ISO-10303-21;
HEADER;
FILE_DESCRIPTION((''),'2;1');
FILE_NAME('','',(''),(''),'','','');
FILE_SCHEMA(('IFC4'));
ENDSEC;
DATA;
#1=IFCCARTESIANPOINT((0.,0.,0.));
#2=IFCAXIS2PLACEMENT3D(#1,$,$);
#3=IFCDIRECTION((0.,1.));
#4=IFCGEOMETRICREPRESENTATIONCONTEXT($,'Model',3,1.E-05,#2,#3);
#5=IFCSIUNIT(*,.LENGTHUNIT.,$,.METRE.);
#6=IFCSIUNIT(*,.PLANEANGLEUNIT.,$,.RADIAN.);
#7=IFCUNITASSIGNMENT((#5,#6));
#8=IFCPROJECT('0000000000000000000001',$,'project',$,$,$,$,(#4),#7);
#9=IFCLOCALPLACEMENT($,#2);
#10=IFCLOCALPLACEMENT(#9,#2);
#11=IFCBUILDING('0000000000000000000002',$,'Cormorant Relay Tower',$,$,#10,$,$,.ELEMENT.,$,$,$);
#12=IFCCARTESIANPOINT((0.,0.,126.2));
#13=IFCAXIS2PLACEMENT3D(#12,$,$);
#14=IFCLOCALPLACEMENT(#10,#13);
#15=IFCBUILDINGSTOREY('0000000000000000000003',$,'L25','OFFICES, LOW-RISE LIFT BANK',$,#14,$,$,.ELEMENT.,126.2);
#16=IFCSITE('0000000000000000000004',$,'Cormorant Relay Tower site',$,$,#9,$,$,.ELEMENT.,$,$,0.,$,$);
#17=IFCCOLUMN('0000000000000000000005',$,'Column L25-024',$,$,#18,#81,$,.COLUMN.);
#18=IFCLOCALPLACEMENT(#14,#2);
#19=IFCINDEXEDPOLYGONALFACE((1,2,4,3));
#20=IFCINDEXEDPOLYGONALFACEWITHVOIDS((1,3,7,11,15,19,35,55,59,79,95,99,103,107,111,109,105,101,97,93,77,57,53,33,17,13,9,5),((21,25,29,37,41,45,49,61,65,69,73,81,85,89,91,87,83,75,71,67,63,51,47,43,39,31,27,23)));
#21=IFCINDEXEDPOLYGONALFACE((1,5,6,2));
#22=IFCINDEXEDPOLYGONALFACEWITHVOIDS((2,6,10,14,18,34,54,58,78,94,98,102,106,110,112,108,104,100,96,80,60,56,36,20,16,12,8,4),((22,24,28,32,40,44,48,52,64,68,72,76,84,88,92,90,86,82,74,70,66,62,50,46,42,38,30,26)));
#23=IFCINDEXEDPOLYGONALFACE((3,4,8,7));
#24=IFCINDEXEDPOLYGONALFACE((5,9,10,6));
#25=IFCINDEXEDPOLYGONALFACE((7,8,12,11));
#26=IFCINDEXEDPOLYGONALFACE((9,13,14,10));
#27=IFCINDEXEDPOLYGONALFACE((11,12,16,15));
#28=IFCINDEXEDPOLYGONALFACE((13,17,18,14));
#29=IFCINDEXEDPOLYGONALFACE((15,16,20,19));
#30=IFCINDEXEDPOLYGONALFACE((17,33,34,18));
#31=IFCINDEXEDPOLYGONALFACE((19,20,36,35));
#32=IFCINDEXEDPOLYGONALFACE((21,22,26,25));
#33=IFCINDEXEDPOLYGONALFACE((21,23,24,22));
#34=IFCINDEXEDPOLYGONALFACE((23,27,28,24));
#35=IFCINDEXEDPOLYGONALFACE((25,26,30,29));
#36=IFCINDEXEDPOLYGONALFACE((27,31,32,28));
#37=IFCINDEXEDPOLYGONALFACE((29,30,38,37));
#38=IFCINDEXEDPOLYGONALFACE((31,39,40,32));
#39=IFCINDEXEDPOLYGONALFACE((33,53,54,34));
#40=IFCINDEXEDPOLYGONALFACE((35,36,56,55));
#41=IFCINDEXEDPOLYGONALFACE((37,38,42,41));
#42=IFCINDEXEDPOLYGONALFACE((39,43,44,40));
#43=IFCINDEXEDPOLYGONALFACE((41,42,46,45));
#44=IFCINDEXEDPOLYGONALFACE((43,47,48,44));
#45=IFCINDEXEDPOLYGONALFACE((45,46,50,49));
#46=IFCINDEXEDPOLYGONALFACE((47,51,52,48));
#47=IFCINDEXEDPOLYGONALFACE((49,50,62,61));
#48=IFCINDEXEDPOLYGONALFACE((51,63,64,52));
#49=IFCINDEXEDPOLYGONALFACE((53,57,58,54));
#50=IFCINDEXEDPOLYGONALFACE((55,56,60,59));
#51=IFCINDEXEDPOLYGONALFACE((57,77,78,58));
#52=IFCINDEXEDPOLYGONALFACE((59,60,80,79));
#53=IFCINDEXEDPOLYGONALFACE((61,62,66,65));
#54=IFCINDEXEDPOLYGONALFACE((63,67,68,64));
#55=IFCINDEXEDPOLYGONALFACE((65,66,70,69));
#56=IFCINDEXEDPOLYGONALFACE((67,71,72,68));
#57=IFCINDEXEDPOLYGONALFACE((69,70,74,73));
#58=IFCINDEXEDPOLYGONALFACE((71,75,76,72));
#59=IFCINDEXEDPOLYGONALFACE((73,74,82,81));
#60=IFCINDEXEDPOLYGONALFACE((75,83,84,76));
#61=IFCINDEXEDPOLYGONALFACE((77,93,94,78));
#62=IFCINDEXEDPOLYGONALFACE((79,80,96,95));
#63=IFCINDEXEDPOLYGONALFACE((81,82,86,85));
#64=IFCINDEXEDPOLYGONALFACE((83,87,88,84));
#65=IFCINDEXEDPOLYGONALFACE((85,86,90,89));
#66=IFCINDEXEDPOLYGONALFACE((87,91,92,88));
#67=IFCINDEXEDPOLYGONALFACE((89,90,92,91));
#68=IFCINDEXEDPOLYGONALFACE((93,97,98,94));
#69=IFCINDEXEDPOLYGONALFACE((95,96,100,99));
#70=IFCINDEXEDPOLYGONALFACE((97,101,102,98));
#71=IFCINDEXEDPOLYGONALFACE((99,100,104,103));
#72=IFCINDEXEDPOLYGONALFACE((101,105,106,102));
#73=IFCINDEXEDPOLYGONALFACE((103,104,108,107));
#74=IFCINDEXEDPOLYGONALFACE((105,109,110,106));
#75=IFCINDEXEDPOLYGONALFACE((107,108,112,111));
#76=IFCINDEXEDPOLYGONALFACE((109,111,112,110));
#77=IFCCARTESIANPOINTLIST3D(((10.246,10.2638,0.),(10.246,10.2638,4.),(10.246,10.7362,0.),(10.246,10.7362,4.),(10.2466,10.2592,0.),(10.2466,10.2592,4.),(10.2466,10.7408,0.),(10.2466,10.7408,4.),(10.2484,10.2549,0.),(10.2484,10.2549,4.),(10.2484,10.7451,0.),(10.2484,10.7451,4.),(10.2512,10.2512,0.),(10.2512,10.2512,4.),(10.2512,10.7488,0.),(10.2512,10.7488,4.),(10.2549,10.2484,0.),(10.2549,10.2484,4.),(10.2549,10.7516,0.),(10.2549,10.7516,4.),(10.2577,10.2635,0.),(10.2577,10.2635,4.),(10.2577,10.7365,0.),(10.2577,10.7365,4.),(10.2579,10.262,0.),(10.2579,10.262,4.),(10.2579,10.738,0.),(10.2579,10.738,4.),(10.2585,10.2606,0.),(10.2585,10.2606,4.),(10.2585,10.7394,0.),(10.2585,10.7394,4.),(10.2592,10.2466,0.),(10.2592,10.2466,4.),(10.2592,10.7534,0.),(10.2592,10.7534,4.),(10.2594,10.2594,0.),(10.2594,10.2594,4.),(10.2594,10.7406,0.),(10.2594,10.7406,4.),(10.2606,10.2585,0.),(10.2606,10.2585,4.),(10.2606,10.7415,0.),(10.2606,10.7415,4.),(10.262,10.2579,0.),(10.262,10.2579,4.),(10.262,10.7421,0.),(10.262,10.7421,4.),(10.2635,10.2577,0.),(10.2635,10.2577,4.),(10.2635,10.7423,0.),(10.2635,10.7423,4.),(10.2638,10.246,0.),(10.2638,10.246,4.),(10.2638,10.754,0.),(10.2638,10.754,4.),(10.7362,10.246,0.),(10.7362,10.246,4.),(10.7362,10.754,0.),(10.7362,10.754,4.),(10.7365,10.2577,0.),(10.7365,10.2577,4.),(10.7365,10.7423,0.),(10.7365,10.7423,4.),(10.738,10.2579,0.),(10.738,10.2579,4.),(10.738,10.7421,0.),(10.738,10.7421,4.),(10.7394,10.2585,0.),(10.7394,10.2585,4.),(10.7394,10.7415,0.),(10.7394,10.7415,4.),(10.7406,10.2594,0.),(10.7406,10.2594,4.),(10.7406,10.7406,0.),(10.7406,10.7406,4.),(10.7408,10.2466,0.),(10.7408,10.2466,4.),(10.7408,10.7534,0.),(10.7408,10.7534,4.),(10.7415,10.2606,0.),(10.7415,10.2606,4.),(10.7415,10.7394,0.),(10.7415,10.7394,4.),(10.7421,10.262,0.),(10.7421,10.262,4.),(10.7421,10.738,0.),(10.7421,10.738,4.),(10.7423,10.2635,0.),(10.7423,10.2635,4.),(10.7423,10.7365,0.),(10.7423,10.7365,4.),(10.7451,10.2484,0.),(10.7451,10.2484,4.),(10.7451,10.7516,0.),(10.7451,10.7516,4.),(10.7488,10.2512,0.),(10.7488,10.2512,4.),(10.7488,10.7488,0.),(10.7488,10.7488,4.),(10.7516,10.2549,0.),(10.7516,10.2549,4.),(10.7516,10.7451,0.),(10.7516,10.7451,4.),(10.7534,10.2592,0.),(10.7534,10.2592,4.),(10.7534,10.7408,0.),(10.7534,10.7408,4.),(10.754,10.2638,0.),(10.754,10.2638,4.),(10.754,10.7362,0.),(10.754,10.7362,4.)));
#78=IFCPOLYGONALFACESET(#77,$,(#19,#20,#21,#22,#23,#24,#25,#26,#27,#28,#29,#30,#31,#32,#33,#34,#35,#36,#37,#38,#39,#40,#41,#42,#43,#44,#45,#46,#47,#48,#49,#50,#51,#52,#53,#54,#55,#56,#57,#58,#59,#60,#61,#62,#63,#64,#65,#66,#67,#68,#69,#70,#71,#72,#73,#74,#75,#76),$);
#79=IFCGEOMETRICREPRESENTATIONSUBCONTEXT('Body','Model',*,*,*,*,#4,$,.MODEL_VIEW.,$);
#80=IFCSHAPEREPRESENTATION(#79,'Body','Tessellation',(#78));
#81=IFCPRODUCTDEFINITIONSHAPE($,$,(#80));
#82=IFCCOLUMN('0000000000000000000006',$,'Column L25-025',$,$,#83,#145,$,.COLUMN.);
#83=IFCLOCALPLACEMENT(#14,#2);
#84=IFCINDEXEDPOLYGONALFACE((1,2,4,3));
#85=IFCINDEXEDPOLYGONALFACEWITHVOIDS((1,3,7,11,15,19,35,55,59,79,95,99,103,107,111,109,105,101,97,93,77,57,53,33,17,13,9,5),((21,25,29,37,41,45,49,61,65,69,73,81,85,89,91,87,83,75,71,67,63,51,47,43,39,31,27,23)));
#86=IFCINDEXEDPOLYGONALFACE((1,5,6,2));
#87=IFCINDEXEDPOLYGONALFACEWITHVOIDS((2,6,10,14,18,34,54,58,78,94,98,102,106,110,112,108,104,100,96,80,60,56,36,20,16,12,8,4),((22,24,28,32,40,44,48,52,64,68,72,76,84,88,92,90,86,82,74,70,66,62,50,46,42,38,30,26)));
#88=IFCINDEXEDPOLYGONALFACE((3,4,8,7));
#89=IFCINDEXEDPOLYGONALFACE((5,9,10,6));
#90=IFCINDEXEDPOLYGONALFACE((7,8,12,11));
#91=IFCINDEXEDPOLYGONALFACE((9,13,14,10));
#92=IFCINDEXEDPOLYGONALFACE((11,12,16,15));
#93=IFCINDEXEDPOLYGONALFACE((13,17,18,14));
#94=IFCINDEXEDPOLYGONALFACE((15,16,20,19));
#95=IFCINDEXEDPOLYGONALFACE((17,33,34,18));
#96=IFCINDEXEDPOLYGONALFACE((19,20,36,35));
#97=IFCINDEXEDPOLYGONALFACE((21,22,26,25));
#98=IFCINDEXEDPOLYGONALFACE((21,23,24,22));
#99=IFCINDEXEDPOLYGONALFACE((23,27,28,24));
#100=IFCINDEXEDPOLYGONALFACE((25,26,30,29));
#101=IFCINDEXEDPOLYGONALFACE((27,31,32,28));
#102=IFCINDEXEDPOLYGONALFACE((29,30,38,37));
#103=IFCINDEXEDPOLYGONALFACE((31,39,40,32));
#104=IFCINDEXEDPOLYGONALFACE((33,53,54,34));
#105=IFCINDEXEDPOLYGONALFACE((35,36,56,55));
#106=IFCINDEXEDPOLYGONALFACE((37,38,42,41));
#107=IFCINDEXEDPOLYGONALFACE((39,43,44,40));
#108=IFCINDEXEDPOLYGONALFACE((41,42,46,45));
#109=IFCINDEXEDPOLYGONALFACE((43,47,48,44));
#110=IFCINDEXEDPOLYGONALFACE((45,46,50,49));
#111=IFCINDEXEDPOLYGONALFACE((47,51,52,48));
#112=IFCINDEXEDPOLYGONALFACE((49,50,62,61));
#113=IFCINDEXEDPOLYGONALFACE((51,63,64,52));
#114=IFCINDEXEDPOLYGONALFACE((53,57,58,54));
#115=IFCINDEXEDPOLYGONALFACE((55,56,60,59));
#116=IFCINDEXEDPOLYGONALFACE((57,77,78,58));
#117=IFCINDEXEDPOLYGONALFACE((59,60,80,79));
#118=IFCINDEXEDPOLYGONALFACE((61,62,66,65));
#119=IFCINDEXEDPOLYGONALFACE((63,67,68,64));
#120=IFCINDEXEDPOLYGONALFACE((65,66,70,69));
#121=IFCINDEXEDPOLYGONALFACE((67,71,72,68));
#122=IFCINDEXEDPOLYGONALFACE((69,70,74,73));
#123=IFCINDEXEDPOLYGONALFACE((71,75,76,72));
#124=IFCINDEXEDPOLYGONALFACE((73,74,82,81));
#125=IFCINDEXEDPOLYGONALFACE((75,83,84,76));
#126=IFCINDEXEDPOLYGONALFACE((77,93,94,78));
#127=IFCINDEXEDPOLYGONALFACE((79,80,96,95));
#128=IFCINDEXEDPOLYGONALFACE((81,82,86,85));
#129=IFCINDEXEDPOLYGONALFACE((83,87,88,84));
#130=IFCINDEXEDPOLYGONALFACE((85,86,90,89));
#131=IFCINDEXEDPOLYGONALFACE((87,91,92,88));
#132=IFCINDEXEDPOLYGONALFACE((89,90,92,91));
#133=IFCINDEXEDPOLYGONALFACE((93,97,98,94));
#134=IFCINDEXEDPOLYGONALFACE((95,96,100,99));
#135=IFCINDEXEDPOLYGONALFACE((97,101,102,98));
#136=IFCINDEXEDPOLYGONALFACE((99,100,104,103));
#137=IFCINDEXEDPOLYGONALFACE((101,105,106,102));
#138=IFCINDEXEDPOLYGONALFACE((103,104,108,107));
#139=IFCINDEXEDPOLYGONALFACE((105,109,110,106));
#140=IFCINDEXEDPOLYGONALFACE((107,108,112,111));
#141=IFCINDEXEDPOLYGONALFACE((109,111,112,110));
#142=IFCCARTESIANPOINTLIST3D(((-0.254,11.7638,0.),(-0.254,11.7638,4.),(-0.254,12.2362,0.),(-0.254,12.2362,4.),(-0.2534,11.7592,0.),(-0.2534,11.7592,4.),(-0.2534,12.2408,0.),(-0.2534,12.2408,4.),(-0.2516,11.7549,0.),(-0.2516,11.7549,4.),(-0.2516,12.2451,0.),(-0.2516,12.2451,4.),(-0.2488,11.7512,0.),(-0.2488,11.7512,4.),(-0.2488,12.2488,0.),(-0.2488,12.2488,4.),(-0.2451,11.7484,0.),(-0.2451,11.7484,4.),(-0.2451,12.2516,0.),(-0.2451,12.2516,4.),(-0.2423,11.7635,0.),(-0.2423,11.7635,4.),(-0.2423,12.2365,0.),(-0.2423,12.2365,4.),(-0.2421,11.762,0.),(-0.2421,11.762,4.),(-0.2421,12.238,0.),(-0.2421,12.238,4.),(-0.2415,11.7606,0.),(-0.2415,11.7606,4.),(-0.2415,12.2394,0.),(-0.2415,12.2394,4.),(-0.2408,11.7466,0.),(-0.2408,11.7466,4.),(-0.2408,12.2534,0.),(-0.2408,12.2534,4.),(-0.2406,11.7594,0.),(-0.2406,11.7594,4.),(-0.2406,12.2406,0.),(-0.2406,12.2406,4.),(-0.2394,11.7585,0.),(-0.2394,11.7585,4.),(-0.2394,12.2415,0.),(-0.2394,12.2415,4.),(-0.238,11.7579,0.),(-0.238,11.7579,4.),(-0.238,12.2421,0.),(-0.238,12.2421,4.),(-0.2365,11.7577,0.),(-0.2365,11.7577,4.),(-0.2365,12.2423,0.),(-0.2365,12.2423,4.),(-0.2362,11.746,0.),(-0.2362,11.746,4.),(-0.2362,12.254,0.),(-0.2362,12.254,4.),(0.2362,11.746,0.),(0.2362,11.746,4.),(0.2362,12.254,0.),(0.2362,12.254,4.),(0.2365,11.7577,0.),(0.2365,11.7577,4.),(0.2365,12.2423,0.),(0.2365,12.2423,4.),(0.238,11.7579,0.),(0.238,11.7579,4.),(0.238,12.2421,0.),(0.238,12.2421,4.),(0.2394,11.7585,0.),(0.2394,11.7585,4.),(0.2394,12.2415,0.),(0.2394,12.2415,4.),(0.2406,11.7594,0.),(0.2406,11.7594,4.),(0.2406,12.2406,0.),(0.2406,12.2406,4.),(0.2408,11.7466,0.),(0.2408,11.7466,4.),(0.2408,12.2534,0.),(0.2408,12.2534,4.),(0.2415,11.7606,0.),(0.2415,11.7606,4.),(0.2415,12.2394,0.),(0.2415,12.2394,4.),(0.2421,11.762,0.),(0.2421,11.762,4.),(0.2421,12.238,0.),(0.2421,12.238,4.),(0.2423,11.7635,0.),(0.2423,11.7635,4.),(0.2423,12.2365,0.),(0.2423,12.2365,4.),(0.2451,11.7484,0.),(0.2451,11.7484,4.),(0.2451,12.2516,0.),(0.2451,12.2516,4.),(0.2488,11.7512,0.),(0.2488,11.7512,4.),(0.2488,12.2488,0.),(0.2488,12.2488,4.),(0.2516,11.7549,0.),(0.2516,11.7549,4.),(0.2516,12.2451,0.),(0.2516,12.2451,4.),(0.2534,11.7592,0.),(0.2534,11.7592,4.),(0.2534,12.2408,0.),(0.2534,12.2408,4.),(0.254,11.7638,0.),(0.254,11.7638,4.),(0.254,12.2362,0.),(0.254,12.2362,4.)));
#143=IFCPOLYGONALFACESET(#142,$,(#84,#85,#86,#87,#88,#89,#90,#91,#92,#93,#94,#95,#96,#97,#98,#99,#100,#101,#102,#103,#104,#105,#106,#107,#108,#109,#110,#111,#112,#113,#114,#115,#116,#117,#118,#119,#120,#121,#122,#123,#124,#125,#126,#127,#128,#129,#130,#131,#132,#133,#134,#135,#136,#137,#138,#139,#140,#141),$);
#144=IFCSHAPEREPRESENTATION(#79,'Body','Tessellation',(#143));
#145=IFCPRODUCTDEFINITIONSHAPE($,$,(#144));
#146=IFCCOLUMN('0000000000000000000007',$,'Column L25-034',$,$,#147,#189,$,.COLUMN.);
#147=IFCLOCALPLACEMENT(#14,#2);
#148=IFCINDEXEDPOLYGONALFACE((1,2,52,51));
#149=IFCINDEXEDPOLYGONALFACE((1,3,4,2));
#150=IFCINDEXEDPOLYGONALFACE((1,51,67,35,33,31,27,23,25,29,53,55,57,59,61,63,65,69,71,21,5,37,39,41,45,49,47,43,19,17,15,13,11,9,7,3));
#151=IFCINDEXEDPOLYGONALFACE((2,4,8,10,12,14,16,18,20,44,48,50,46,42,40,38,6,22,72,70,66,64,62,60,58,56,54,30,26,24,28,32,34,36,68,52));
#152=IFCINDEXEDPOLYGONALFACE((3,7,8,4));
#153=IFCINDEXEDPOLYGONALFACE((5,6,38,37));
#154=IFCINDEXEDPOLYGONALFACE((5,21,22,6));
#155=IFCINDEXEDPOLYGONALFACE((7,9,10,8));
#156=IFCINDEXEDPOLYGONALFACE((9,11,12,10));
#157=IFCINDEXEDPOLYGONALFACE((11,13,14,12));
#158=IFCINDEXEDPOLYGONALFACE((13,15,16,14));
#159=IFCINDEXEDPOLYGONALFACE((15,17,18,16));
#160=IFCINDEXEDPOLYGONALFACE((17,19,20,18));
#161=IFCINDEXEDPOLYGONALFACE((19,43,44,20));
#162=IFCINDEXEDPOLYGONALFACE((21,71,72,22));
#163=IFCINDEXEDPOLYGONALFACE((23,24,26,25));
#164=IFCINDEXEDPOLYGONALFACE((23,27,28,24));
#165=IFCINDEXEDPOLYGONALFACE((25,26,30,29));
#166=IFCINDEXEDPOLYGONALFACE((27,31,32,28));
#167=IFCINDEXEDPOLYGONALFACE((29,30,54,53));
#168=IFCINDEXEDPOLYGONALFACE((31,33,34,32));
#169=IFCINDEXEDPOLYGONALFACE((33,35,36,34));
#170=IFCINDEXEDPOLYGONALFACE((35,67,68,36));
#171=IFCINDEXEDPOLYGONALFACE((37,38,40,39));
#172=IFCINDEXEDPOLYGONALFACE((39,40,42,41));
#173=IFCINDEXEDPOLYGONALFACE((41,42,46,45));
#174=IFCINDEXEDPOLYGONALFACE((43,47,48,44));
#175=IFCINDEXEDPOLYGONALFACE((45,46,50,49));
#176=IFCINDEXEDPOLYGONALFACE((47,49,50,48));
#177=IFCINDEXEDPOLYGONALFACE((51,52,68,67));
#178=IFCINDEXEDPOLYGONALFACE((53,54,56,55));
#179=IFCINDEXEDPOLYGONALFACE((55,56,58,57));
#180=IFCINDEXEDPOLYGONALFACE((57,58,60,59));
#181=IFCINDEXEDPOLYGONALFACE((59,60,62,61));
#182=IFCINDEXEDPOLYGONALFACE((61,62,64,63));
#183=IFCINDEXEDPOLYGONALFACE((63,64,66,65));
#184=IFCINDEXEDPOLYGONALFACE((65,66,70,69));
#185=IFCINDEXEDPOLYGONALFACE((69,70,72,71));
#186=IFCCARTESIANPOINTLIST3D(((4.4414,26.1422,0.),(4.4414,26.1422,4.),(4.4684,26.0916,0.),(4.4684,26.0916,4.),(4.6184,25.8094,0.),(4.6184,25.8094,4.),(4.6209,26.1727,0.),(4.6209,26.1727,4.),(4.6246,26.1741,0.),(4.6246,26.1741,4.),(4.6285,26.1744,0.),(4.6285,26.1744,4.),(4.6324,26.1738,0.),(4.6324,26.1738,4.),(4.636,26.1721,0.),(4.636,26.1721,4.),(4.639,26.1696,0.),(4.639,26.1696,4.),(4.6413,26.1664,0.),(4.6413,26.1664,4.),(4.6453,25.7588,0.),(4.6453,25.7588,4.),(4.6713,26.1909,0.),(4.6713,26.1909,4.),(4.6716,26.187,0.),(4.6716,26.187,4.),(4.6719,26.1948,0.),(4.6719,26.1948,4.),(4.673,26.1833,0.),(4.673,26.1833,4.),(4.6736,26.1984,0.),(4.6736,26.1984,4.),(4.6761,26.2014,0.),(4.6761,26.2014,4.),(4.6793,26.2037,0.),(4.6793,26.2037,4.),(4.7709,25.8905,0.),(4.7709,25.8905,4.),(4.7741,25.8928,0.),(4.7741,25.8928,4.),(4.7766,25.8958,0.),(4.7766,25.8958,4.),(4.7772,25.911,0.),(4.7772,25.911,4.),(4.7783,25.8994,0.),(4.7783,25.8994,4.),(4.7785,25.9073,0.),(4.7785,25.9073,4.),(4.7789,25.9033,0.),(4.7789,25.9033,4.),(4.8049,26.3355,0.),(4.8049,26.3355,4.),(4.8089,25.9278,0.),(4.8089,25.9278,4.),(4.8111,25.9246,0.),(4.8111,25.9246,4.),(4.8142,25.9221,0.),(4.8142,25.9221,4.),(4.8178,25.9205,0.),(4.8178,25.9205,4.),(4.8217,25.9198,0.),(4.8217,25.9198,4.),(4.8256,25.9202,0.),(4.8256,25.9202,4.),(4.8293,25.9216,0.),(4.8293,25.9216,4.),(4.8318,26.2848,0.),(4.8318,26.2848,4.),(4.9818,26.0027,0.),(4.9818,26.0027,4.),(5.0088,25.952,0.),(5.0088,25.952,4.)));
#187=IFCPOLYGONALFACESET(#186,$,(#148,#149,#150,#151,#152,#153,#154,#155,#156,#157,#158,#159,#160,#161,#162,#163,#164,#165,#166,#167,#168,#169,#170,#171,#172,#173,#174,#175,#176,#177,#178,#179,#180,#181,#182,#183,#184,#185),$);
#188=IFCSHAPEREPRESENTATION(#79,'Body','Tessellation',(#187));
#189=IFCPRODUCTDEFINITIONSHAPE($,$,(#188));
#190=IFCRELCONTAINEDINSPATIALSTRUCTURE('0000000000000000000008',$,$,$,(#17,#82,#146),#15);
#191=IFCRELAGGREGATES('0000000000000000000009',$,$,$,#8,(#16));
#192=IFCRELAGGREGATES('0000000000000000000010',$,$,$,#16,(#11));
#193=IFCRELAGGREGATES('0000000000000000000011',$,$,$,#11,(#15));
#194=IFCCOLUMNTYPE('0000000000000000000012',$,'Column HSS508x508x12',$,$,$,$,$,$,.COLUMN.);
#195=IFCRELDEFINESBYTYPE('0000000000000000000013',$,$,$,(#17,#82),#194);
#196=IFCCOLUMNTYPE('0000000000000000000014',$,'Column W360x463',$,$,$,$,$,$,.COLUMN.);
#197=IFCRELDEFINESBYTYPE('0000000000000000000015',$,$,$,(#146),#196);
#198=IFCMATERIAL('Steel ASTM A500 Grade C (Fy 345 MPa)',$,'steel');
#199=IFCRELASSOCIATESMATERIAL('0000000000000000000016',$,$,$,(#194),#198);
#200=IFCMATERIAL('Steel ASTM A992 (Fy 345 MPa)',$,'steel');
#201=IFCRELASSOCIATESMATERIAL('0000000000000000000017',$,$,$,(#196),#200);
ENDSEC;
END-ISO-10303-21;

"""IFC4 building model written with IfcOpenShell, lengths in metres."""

from ifc_helpers import new_model, si_unit, direction, frame, origin, origin_2d, place, context, subcontext, project, spatial, hollow_rectangle, i_section, extrude, material, material_profile, profile_set, type_object, element, save


model = new_model("IFC4")

# Units and contexts
model_context = context("Model", 3, precision=1e-05, world=origin(), true_north=direction((0.0, 1.0)))
body_context = subcontext(model_context, "Body", "Model", "MODEL_VIEW")
ifc_project = project(units=[si_unit("LENGTHUNIT", "METRE"), si_unit("PLANEANGLEUNIT", "RADIAN")], contexts=[model_context])

# Site, building, storey
site_placement = place(None, origin())
site = spatial("IfcSite", under=ifc_project, at=site_placement, Name="Cormorant Relay Tower site", CompositionType="ELEMENT", RefElevation=0.0)
building_placement = place(site_placement, origin())
building = spatial("IfcBuilding", under=site, at=building_placement, Name="Cormorant Relay Tower", CompositionType="ELEMENT")
storey_placement = place(building_placement, frame((0.0, 0.0, 126.2)))
storey = spatial("IfcBuildingStorey", under=building, at=storey_placement, Name="L25", Description="OFFICES, LOW-RISE LIFT BANK", CompositionType="ELEMENT", Elevation=126.2)

# Columns
ifc_material_1 = material(Name="Steel ASTM A500 Grade C (Fy 345 MPa)", Category="steel")
ifc_material_profile_1 = material_profile(ifc_material_1, hollow_rectangle(XDim=0.5081, YDim=0.5081, WallThickness=0.0117, InnerFilletRadius=0.0059, OuterFilletRadius=0.0178, at=origin_2d()), Name="HSS508x508x12")
ifc_profile_set_1 = profile_set([ifc_material_profile_1], Name="Steel ASTM A500 Grade C (Fy 345 MPa)")
column_type_1 = type_object("IfcColumnType", Name="Column HSS508x508x12", PredefinedType="COLUMN", material=ifc_profile_set_1)
for number, where, z_axis, x_axis, name in (
    (1, (10.5, 10.5, 0.0), (0.0, 0.0, 1.0), (1.0, 0.0, 0.0), "Column L25-024"),
    (2, (0.0, 12.0, 0.0), (0.0, 0.0, 1.0), (1.0, 0.0, 0.0), "Column L25-025"),
):
    element("IfcColumn", number, at=place(storey_placement, frame(where, z_axis=z_axis, x_axis=x_axis)), inside=storey, type_object=column_type_1, Name=name, PredefinedType="COLUMN", context=body_context, shape_type="SweptSolid", body=[
        extrude(hollow_rectangle(XDim=0.5081, YDim=0.5081, WallThickness=0.0117, InnerFilletRadius=0.0059, OuterFilletRadius=0.0178, at=origin_2d()), origin(), (0.0, 0.0, 1.0), 4.0),
    ])
ifc_material_2 = material(Name="Steel ASTM A992 (Fy 345 MPa)", Category="steel")
ifc_material_profile_2 = material_profile(ifc_material_2, i_section(OverallWidth=0.4116, OverallDepth=0.4343, WebThickness=0.0359, FlangeThickness=0.0574, FilletRadius=0.0151, at=origin_2d()), Name="W360x463")
ifc_profile_set_2 = profile_set([ifc_material_profile_2], Name="Steel ASTM A992 (Fy 345 MPa)")
column_type_2 = type_object("IfcColumnType", Name="Column W360x463", PredefinedType="COLUMN", material=ifc_profile_set_2)
for number, where, z_axis, x_axis, name in (
    (3, (4.7251, 26.0471, 0.0), (0.0, 0.0, 1.0), (-0.882948, -0.469472, 0.0), "Column L25-034"),
):
    element("IfcColumn", number, at=place(storey_placement, frame(where, z_axis=z_axis, x_axis=x_axis)), inside=storey, type_object=column_type_2, Name=name, PredefinedType="COLUMN", context=body_context, shape_type="SweptSolid", body=[
        extrude(i_section(OverallWidth=0.4116, OverallDepth=0.4343, WebThickness=0.0359, FlangeThickness=0.0574, FilletRadius=0.0151, at=origin_2d()), origin(), (0.0, 0.0, 1.0), 4.0),
    ])

save(model, "model.ifc")
